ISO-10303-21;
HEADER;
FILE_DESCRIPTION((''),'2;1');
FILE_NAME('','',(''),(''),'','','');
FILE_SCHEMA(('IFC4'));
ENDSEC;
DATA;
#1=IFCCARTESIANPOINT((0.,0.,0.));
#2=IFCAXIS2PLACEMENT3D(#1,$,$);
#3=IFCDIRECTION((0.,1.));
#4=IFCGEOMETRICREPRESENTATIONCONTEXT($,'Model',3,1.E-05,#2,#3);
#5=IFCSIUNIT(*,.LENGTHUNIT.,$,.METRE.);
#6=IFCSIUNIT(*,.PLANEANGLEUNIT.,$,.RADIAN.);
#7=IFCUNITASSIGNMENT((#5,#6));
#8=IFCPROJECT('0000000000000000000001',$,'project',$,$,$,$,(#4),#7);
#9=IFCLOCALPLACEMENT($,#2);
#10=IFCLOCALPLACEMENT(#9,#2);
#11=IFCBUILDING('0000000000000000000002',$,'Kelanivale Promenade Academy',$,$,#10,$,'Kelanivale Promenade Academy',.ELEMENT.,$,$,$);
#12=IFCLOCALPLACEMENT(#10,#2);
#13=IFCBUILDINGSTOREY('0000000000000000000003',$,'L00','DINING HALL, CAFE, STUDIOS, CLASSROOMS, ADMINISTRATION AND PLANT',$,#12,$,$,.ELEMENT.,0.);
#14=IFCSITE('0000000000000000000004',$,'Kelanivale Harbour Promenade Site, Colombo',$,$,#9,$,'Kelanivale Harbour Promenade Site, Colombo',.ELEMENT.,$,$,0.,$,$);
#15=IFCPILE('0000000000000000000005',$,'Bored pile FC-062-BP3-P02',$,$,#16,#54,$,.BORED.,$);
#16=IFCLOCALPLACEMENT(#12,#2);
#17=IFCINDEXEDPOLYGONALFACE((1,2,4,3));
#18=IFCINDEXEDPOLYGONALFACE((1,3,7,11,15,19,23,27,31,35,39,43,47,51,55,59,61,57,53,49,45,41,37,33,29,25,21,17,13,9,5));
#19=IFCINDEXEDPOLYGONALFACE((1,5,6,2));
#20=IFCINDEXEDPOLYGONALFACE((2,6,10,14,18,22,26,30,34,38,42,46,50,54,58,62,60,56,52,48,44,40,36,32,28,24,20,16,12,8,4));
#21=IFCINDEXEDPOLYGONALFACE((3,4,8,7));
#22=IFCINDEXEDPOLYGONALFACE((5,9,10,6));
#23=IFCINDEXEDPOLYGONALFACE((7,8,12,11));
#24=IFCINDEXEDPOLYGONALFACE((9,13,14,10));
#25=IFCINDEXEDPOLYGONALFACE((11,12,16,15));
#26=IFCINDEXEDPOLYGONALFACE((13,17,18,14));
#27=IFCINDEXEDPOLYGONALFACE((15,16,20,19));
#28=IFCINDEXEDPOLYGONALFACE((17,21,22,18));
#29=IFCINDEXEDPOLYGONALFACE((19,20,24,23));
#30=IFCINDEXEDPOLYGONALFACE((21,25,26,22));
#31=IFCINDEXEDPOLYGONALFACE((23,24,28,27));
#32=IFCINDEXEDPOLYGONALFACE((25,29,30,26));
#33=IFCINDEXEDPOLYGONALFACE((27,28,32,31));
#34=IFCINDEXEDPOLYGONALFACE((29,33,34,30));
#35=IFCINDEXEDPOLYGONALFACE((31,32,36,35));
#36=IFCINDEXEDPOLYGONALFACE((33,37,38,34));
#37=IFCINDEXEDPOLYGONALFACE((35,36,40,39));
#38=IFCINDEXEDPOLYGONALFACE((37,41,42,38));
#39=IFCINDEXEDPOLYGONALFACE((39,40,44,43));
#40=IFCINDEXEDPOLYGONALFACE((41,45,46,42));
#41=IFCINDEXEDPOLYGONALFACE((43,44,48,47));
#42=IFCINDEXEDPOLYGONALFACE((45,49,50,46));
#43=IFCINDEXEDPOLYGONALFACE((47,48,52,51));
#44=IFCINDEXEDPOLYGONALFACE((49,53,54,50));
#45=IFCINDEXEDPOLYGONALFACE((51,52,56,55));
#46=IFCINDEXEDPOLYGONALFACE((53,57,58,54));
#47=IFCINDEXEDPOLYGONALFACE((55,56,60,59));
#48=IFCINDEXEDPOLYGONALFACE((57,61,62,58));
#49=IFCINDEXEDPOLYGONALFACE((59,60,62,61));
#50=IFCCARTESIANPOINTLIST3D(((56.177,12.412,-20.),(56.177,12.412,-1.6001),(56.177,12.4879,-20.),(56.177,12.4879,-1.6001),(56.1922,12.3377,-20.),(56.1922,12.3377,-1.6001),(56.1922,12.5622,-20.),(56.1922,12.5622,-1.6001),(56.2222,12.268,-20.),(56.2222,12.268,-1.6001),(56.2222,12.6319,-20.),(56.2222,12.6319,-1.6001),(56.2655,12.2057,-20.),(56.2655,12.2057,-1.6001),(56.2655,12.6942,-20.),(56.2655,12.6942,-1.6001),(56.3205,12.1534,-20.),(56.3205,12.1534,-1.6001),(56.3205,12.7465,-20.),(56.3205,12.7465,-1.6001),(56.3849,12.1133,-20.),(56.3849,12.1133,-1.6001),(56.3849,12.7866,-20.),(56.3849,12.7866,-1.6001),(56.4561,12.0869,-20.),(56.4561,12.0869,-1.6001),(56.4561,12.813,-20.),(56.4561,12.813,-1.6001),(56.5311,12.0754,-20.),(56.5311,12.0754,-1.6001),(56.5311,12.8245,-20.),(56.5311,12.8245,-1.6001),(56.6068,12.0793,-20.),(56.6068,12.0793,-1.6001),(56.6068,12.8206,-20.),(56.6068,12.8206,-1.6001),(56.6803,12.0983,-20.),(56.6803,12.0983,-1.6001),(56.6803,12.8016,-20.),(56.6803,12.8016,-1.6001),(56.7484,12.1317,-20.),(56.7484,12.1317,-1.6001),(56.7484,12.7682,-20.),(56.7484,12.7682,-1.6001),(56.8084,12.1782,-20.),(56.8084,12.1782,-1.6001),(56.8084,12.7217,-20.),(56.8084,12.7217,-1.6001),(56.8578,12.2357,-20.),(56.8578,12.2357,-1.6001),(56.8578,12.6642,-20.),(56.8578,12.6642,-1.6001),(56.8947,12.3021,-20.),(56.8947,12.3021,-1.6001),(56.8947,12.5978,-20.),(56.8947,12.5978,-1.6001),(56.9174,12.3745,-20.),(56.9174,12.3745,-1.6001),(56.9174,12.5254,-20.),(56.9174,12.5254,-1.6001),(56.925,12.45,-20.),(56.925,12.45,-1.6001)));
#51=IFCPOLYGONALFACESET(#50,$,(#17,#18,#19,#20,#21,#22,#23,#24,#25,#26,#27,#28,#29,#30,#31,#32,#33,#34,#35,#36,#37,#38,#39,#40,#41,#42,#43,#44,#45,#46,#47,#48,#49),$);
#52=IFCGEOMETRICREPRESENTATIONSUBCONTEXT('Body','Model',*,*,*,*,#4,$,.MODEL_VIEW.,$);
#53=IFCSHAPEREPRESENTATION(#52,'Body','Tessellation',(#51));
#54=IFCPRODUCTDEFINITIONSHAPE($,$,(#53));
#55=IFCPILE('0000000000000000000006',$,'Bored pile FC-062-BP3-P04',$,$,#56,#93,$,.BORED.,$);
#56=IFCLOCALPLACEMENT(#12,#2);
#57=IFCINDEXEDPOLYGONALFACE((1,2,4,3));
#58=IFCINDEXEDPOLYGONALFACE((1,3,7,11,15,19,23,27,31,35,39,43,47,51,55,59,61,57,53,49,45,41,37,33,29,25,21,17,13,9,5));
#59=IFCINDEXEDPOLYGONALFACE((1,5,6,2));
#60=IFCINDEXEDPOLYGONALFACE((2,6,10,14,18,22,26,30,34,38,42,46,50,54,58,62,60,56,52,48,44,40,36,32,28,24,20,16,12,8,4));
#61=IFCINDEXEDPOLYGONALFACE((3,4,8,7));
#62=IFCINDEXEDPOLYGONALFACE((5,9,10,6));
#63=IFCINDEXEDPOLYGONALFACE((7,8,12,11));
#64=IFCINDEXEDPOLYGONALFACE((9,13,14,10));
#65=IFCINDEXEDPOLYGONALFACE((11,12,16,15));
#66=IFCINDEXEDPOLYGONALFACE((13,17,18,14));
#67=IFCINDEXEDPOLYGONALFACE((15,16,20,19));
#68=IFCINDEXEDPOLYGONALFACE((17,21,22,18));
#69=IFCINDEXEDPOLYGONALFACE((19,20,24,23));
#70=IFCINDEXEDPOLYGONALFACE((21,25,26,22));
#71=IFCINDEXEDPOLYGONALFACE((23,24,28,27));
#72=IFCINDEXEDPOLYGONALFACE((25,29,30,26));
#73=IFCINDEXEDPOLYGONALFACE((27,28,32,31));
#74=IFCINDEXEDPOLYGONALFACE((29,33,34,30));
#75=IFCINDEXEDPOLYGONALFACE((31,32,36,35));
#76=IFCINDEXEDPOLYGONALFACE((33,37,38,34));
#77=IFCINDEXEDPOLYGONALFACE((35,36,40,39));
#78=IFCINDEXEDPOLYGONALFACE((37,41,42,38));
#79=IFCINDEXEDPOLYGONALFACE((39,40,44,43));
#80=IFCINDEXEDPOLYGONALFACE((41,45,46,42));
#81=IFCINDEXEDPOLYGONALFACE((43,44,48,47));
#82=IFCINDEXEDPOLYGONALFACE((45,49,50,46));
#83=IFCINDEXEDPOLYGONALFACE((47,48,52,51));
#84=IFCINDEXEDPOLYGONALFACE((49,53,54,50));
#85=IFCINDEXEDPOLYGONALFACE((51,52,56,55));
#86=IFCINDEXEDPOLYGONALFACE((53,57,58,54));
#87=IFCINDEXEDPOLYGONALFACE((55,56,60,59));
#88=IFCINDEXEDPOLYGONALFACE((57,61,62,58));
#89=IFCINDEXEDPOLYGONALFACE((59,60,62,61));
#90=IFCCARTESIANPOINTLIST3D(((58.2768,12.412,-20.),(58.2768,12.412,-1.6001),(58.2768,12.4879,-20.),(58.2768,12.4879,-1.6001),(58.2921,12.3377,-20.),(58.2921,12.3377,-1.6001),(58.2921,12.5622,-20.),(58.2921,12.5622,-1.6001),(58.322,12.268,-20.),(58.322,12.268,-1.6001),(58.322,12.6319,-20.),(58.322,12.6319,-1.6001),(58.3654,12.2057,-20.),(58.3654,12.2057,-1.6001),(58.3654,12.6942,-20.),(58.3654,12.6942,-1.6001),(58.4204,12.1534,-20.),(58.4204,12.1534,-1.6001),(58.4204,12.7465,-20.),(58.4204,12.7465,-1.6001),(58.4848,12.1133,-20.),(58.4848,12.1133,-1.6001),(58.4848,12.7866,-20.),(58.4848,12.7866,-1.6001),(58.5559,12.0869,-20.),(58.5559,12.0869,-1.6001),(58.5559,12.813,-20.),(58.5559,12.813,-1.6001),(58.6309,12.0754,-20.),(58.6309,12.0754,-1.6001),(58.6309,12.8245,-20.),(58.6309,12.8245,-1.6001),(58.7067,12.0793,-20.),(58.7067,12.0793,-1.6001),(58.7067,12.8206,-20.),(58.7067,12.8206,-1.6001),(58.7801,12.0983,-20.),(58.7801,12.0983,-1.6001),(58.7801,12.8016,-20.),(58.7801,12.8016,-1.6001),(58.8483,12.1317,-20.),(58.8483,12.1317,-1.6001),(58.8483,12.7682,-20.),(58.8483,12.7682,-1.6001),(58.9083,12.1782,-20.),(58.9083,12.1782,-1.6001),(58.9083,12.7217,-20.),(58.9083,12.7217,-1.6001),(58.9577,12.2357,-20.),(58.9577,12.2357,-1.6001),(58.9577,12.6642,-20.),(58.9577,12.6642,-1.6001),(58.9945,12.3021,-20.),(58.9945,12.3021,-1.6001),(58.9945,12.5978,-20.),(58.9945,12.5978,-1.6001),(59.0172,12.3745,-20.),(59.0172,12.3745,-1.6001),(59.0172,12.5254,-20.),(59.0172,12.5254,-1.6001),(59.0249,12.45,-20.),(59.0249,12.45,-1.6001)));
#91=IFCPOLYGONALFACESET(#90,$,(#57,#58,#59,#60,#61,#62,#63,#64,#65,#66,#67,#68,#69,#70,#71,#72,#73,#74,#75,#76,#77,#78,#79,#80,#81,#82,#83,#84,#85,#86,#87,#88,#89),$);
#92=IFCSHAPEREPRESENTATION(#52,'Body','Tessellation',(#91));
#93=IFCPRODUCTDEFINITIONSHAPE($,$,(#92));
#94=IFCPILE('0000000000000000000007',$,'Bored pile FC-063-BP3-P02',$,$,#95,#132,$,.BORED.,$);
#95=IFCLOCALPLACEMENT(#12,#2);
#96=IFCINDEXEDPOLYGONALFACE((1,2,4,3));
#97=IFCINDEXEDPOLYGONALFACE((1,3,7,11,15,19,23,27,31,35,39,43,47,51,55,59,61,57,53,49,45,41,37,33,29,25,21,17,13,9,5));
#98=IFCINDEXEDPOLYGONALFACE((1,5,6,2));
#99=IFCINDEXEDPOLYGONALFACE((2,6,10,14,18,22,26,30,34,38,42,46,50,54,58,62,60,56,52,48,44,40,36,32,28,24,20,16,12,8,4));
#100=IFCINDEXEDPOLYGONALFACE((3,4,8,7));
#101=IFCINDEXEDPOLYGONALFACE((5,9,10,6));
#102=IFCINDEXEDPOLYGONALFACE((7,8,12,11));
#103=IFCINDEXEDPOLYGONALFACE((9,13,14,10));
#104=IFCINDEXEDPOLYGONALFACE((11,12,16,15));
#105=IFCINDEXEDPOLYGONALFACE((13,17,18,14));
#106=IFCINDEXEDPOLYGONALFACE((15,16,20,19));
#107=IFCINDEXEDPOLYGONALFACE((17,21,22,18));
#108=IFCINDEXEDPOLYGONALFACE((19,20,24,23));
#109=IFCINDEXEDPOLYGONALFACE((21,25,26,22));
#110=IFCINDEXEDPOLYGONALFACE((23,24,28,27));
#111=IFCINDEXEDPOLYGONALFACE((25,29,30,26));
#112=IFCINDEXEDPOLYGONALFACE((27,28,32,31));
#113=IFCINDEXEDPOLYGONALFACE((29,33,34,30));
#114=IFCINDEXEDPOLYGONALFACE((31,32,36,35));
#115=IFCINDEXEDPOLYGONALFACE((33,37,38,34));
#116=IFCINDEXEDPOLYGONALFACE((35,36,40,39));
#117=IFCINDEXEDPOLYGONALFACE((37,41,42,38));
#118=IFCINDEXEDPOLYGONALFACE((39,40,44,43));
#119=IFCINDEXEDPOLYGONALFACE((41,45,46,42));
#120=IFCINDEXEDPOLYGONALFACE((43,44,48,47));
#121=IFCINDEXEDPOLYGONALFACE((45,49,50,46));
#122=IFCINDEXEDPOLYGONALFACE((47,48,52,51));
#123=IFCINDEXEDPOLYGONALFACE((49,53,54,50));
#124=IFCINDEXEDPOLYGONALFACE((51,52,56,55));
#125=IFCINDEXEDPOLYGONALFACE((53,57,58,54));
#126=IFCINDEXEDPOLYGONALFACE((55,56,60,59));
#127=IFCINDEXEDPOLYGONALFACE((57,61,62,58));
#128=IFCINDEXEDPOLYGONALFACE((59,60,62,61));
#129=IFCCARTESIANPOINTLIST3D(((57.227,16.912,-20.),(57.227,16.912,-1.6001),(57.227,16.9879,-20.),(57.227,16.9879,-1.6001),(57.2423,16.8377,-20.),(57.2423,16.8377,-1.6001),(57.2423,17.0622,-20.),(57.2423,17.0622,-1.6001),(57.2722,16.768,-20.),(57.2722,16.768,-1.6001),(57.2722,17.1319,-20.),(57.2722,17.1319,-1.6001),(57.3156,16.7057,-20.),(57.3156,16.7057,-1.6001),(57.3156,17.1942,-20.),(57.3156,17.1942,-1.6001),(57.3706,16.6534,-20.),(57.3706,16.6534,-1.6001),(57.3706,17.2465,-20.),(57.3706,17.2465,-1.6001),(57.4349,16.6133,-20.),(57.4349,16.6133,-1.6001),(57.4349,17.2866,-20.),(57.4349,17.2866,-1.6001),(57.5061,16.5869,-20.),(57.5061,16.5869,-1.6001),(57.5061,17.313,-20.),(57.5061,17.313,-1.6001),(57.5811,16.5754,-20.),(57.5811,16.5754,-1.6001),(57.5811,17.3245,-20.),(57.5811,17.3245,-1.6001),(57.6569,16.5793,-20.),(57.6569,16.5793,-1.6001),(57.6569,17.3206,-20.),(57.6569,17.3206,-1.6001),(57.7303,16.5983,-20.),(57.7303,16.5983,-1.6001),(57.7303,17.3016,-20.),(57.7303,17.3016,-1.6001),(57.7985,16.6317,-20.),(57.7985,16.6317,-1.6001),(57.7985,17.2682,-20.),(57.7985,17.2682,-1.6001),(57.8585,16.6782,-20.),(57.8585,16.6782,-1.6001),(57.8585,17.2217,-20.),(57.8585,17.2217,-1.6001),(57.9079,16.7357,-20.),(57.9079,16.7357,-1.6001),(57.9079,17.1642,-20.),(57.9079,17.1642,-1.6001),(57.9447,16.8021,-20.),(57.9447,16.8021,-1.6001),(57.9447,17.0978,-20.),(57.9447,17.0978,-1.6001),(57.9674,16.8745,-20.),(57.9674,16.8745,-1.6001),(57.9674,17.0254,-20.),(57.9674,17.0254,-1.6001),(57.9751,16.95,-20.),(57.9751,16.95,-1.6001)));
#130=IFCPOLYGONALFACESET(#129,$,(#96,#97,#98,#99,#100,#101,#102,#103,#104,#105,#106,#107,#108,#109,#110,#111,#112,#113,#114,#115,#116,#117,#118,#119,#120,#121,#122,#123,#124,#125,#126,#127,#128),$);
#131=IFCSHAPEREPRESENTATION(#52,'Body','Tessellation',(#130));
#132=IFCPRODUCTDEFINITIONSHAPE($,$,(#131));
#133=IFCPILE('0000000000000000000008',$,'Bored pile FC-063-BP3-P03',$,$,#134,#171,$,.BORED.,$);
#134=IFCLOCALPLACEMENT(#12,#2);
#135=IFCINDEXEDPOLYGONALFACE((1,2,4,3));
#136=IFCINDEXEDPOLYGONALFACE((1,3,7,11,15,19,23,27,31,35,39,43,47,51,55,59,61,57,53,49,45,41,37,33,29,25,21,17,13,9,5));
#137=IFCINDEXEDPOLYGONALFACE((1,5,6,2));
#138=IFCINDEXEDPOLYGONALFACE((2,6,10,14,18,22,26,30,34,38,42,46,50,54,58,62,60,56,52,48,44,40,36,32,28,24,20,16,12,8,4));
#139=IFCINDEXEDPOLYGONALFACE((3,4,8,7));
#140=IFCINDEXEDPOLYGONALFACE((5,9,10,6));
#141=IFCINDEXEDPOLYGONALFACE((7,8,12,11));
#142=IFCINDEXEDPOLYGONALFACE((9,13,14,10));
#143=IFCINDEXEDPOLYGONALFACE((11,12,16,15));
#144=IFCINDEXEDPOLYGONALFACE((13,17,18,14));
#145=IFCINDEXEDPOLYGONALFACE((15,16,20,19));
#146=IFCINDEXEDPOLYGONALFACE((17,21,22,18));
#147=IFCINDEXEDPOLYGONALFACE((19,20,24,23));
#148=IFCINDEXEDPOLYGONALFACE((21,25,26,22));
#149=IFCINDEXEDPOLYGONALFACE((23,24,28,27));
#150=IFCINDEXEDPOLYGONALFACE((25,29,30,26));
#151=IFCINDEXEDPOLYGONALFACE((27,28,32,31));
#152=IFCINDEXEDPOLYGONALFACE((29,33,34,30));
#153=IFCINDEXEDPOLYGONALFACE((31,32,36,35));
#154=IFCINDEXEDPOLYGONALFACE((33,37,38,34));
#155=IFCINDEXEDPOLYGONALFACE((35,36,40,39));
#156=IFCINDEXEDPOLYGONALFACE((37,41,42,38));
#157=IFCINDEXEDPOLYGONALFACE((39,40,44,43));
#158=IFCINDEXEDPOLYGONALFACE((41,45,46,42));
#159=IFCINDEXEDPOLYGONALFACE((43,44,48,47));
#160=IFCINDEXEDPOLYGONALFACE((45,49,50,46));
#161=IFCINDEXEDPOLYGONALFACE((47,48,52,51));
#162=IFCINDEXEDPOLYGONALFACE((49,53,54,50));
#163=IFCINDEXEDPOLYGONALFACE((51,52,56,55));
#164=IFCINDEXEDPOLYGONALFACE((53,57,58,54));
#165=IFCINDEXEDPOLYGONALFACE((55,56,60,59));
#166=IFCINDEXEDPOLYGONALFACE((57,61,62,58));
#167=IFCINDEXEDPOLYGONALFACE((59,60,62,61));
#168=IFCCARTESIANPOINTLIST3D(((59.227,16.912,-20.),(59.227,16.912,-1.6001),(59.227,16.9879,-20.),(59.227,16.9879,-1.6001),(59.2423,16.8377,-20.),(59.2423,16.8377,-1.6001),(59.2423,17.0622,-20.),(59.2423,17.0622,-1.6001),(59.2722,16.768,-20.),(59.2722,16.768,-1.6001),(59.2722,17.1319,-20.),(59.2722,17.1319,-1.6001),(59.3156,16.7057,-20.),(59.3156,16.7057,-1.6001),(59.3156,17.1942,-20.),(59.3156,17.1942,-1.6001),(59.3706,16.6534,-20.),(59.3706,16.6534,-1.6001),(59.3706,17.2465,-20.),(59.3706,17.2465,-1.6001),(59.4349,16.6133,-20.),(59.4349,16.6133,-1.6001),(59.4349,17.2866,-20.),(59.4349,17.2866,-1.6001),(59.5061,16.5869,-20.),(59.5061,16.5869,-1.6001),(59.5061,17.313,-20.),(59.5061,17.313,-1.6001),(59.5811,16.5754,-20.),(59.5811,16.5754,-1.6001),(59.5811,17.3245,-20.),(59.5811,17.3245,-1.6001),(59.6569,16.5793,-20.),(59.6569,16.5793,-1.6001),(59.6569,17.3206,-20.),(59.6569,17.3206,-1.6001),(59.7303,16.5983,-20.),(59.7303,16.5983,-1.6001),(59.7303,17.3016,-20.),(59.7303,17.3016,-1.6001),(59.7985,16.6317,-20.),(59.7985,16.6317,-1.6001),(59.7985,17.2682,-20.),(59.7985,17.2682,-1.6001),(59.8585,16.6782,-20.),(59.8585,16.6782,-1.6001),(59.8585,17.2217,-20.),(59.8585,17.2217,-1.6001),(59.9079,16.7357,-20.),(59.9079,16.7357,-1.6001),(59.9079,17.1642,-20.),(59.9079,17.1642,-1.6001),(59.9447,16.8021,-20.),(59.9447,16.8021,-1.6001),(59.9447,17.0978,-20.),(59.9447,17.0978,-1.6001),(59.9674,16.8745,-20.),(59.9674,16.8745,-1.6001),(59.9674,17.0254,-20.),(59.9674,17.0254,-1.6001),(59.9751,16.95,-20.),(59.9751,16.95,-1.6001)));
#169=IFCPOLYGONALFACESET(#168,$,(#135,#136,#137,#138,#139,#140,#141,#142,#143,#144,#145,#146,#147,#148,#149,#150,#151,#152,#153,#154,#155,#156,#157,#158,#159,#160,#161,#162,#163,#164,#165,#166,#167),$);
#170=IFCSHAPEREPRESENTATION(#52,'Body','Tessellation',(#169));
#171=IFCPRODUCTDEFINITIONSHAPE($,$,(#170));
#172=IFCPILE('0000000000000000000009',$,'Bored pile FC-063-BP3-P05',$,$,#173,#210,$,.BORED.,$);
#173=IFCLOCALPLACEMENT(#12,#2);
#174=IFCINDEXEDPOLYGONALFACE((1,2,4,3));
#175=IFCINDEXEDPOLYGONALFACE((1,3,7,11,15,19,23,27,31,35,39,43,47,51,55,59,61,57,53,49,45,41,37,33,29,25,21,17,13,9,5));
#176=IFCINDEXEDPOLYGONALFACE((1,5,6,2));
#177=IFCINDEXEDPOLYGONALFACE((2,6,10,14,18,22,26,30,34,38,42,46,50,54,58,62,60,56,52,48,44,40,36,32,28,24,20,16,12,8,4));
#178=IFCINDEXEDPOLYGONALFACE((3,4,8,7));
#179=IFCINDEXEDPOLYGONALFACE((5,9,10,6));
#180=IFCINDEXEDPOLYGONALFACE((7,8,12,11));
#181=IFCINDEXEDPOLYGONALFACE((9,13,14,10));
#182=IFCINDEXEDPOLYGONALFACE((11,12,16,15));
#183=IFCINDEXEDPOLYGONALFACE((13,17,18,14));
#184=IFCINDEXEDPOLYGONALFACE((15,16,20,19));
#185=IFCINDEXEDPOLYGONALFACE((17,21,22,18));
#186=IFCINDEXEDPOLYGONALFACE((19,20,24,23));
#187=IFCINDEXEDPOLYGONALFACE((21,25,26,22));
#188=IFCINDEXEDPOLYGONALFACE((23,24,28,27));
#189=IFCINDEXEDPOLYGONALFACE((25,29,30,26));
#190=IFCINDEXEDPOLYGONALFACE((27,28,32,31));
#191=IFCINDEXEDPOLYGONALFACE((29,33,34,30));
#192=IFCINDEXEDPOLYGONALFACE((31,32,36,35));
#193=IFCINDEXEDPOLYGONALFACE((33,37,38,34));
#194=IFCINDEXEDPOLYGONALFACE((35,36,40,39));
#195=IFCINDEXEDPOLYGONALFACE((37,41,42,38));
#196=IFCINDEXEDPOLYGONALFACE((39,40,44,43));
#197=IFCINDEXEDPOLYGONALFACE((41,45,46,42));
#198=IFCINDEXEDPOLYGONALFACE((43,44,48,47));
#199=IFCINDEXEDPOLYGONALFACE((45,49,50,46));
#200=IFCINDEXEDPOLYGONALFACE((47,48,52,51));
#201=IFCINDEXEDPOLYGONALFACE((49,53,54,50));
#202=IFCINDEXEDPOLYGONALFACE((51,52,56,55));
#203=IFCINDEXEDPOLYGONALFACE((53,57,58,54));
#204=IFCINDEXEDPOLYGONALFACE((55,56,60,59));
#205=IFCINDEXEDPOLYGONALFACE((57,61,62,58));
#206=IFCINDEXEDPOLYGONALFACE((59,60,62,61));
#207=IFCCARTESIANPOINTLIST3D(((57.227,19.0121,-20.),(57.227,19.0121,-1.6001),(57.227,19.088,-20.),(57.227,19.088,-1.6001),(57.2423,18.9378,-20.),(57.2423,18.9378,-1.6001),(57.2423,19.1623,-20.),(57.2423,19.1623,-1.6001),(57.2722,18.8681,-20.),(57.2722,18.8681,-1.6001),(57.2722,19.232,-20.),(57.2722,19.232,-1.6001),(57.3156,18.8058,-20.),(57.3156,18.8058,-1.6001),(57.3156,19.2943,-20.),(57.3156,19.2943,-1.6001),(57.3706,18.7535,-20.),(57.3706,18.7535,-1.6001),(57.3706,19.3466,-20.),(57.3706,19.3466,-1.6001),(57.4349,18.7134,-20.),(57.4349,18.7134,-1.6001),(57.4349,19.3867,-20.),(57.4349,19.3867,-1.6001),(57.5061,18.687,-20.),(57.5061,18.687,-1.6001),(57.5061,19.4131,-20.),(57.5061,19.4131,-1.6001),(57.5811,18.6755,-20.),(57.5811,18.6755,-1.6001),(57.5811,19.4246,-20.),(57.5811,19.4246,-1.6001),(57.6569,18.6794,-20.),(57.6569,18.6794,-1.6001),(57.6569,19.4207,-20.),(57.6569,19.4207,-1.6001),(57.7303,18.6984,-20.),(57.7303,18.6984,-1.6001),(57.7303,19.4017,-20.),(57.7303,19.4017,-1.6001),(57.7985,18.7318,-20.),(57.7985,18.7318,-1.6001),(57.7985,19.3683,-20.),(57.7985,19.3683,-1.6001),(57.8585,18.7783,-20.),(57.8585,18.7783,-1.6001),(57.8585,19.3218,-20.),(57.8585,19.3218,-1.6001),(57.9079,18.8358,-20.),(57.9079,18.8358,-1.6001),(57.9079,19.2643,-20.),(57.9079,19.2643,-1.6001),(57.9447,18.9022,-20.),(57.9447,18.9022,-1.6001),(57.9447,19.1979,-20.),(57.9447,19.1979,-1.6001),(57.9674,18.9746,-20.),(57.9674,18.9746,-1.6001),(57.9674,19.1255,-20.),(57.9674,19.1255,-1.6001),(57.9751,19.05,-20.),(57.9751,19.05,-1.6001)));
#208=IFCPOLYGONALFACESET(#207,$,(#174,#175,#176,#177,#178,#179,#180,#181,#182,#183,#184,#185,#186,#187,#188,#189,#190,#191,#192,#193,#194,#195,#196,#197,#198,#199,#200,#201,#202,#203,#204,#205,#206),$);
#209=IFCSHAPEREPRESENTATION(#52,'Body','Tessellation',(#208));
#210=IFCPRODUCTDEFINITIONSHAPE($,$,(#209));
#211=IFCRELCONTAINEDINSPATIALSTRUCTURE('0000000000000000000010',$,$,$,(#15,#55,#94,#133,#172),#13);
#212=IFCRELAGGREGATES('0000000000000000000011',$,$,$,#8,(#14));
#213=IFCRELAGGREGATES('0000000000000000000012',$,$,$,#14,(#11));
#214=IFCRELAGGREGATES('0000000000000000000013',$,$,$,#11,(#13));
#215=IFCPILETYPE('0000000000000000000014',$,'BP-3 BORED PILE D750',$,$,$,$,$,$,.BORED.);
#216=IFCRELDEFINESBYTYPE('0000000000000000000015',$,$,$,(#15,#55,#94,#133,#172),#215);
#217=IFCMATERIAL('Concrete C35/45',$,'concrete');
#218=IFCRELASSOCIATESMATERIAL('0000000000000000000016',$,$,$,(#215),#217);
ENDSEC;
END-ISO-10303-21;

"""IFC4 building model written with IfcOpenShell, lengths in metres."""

from ifc_helpers import new_model, si_unit, direction, frame, origin, origin_2d, place, context, subcontext, project, spatial, circle, extrude, material, material_profile, profile_set, type_object, element, save


model = new_model("IFC4")

# Units and contexts
model_context = context("Model", 3, precision=1e-05, world=origin(), true_north=direction((0.0, 1.0)))
body_context = subcontext(model_context, "Body", "Model", "MODEL_VIEW")
ifc_project = project(units=[si_unit("LENGTHUNIT", "METRE"), si_unit("PLANEANGLEUNIT", "RADIAN")], contexts=[model_context])

# Site, building, storey
site_placement = place(None, origin())
site = spatial("IfcSite", under=ifc_project, at=site_placement, Name="Kelanivale Harbour Promenade Site, Colombo", LongName="Kelanivale Harbour Promenade Site, Colombo", CompositionType="ELEMENT", RefElevation=0.0)
building_placement = place(site_placement, origin())
building = spatial("IfcBuilding", under=site, at=building_placement, Name="Kelanivale Promenade Academy", LongName="Kelanivale Promenade Academy", CompositionType="ELEMENT")
storey_placement = place(building_placement, origin())
storey = spatial("IfcBuildingStorey", under=building, at=storey_placement, Name="L00", Description="DINING HALL, CAFE, STUDIOS, CLASSROOMS, ADMINISTRATION AND PLANT", CompositionType="ELEMENT", Elevation=0.0)

# Piles
ifc_material_1 = material(Name="Concrete C35/45", Category="concrete")
ifc_material_profile_1 = material_profile(ifc_material_1, circle(Radius=0.375, at=origin_2d()), Name="BORED PILE D750")
ifc_profile_set_1 = profile_set([ifc_material_profile_1], Name="Concrete C35/45")
pile_type = type_object("IfcPileType", Name="BP-3 BORED PILE D750", PredefinedType="BORED", material=ifc_profile_set_1)
for number, where, z_axis, x_axis, name in (
    (1, (56.55, 12.45, -1.6001), (0.0, 0.0, -1.0), (1.0, 0.0, 0.0), "Bored pile FC-062-BP3-P02"),
    (2, (58.6499, 12.45, -1.6001), (0.0, 0.0, -1.0), (1.0, 0.0, 0.0), "Bored pile FC-062-BP3-P04"),
    (3, (57.6001, 16.95, -1.6001), (0.0, 0.0, -1.0), (1.0, 0.0, 0.0), "Bored pile FC-063-BP3-P02"),
    (4, (59.6001, 16.95, -1.6001), (0.0, 0.0, -1.0), (1.0, 0.0, 0.0), "Bored pile FC-063-BP3-P03"),
    (5, (57.6001, 19.05, -1.6001), (0.0, 0.0, -1.0), (1.0, 0.0, 0.0), "Bored pile FC-063-BP3-P05"),
):
    element("IfcPile", number, at=place(storey_placement, frame(where, z_axis=z_axis, x_axis=x_axis)), inside=storey, type_object=pile_type, Name=name, PredefinedType="BORED", context=body_context, shape_type="SweptSolid", body=[
        extrude(circle(Radius=0.375, at=origin_2d()), origin(), (0.0, 0.0, 1.0), 18.3999),
    ])

save(model, "model.ifc")
